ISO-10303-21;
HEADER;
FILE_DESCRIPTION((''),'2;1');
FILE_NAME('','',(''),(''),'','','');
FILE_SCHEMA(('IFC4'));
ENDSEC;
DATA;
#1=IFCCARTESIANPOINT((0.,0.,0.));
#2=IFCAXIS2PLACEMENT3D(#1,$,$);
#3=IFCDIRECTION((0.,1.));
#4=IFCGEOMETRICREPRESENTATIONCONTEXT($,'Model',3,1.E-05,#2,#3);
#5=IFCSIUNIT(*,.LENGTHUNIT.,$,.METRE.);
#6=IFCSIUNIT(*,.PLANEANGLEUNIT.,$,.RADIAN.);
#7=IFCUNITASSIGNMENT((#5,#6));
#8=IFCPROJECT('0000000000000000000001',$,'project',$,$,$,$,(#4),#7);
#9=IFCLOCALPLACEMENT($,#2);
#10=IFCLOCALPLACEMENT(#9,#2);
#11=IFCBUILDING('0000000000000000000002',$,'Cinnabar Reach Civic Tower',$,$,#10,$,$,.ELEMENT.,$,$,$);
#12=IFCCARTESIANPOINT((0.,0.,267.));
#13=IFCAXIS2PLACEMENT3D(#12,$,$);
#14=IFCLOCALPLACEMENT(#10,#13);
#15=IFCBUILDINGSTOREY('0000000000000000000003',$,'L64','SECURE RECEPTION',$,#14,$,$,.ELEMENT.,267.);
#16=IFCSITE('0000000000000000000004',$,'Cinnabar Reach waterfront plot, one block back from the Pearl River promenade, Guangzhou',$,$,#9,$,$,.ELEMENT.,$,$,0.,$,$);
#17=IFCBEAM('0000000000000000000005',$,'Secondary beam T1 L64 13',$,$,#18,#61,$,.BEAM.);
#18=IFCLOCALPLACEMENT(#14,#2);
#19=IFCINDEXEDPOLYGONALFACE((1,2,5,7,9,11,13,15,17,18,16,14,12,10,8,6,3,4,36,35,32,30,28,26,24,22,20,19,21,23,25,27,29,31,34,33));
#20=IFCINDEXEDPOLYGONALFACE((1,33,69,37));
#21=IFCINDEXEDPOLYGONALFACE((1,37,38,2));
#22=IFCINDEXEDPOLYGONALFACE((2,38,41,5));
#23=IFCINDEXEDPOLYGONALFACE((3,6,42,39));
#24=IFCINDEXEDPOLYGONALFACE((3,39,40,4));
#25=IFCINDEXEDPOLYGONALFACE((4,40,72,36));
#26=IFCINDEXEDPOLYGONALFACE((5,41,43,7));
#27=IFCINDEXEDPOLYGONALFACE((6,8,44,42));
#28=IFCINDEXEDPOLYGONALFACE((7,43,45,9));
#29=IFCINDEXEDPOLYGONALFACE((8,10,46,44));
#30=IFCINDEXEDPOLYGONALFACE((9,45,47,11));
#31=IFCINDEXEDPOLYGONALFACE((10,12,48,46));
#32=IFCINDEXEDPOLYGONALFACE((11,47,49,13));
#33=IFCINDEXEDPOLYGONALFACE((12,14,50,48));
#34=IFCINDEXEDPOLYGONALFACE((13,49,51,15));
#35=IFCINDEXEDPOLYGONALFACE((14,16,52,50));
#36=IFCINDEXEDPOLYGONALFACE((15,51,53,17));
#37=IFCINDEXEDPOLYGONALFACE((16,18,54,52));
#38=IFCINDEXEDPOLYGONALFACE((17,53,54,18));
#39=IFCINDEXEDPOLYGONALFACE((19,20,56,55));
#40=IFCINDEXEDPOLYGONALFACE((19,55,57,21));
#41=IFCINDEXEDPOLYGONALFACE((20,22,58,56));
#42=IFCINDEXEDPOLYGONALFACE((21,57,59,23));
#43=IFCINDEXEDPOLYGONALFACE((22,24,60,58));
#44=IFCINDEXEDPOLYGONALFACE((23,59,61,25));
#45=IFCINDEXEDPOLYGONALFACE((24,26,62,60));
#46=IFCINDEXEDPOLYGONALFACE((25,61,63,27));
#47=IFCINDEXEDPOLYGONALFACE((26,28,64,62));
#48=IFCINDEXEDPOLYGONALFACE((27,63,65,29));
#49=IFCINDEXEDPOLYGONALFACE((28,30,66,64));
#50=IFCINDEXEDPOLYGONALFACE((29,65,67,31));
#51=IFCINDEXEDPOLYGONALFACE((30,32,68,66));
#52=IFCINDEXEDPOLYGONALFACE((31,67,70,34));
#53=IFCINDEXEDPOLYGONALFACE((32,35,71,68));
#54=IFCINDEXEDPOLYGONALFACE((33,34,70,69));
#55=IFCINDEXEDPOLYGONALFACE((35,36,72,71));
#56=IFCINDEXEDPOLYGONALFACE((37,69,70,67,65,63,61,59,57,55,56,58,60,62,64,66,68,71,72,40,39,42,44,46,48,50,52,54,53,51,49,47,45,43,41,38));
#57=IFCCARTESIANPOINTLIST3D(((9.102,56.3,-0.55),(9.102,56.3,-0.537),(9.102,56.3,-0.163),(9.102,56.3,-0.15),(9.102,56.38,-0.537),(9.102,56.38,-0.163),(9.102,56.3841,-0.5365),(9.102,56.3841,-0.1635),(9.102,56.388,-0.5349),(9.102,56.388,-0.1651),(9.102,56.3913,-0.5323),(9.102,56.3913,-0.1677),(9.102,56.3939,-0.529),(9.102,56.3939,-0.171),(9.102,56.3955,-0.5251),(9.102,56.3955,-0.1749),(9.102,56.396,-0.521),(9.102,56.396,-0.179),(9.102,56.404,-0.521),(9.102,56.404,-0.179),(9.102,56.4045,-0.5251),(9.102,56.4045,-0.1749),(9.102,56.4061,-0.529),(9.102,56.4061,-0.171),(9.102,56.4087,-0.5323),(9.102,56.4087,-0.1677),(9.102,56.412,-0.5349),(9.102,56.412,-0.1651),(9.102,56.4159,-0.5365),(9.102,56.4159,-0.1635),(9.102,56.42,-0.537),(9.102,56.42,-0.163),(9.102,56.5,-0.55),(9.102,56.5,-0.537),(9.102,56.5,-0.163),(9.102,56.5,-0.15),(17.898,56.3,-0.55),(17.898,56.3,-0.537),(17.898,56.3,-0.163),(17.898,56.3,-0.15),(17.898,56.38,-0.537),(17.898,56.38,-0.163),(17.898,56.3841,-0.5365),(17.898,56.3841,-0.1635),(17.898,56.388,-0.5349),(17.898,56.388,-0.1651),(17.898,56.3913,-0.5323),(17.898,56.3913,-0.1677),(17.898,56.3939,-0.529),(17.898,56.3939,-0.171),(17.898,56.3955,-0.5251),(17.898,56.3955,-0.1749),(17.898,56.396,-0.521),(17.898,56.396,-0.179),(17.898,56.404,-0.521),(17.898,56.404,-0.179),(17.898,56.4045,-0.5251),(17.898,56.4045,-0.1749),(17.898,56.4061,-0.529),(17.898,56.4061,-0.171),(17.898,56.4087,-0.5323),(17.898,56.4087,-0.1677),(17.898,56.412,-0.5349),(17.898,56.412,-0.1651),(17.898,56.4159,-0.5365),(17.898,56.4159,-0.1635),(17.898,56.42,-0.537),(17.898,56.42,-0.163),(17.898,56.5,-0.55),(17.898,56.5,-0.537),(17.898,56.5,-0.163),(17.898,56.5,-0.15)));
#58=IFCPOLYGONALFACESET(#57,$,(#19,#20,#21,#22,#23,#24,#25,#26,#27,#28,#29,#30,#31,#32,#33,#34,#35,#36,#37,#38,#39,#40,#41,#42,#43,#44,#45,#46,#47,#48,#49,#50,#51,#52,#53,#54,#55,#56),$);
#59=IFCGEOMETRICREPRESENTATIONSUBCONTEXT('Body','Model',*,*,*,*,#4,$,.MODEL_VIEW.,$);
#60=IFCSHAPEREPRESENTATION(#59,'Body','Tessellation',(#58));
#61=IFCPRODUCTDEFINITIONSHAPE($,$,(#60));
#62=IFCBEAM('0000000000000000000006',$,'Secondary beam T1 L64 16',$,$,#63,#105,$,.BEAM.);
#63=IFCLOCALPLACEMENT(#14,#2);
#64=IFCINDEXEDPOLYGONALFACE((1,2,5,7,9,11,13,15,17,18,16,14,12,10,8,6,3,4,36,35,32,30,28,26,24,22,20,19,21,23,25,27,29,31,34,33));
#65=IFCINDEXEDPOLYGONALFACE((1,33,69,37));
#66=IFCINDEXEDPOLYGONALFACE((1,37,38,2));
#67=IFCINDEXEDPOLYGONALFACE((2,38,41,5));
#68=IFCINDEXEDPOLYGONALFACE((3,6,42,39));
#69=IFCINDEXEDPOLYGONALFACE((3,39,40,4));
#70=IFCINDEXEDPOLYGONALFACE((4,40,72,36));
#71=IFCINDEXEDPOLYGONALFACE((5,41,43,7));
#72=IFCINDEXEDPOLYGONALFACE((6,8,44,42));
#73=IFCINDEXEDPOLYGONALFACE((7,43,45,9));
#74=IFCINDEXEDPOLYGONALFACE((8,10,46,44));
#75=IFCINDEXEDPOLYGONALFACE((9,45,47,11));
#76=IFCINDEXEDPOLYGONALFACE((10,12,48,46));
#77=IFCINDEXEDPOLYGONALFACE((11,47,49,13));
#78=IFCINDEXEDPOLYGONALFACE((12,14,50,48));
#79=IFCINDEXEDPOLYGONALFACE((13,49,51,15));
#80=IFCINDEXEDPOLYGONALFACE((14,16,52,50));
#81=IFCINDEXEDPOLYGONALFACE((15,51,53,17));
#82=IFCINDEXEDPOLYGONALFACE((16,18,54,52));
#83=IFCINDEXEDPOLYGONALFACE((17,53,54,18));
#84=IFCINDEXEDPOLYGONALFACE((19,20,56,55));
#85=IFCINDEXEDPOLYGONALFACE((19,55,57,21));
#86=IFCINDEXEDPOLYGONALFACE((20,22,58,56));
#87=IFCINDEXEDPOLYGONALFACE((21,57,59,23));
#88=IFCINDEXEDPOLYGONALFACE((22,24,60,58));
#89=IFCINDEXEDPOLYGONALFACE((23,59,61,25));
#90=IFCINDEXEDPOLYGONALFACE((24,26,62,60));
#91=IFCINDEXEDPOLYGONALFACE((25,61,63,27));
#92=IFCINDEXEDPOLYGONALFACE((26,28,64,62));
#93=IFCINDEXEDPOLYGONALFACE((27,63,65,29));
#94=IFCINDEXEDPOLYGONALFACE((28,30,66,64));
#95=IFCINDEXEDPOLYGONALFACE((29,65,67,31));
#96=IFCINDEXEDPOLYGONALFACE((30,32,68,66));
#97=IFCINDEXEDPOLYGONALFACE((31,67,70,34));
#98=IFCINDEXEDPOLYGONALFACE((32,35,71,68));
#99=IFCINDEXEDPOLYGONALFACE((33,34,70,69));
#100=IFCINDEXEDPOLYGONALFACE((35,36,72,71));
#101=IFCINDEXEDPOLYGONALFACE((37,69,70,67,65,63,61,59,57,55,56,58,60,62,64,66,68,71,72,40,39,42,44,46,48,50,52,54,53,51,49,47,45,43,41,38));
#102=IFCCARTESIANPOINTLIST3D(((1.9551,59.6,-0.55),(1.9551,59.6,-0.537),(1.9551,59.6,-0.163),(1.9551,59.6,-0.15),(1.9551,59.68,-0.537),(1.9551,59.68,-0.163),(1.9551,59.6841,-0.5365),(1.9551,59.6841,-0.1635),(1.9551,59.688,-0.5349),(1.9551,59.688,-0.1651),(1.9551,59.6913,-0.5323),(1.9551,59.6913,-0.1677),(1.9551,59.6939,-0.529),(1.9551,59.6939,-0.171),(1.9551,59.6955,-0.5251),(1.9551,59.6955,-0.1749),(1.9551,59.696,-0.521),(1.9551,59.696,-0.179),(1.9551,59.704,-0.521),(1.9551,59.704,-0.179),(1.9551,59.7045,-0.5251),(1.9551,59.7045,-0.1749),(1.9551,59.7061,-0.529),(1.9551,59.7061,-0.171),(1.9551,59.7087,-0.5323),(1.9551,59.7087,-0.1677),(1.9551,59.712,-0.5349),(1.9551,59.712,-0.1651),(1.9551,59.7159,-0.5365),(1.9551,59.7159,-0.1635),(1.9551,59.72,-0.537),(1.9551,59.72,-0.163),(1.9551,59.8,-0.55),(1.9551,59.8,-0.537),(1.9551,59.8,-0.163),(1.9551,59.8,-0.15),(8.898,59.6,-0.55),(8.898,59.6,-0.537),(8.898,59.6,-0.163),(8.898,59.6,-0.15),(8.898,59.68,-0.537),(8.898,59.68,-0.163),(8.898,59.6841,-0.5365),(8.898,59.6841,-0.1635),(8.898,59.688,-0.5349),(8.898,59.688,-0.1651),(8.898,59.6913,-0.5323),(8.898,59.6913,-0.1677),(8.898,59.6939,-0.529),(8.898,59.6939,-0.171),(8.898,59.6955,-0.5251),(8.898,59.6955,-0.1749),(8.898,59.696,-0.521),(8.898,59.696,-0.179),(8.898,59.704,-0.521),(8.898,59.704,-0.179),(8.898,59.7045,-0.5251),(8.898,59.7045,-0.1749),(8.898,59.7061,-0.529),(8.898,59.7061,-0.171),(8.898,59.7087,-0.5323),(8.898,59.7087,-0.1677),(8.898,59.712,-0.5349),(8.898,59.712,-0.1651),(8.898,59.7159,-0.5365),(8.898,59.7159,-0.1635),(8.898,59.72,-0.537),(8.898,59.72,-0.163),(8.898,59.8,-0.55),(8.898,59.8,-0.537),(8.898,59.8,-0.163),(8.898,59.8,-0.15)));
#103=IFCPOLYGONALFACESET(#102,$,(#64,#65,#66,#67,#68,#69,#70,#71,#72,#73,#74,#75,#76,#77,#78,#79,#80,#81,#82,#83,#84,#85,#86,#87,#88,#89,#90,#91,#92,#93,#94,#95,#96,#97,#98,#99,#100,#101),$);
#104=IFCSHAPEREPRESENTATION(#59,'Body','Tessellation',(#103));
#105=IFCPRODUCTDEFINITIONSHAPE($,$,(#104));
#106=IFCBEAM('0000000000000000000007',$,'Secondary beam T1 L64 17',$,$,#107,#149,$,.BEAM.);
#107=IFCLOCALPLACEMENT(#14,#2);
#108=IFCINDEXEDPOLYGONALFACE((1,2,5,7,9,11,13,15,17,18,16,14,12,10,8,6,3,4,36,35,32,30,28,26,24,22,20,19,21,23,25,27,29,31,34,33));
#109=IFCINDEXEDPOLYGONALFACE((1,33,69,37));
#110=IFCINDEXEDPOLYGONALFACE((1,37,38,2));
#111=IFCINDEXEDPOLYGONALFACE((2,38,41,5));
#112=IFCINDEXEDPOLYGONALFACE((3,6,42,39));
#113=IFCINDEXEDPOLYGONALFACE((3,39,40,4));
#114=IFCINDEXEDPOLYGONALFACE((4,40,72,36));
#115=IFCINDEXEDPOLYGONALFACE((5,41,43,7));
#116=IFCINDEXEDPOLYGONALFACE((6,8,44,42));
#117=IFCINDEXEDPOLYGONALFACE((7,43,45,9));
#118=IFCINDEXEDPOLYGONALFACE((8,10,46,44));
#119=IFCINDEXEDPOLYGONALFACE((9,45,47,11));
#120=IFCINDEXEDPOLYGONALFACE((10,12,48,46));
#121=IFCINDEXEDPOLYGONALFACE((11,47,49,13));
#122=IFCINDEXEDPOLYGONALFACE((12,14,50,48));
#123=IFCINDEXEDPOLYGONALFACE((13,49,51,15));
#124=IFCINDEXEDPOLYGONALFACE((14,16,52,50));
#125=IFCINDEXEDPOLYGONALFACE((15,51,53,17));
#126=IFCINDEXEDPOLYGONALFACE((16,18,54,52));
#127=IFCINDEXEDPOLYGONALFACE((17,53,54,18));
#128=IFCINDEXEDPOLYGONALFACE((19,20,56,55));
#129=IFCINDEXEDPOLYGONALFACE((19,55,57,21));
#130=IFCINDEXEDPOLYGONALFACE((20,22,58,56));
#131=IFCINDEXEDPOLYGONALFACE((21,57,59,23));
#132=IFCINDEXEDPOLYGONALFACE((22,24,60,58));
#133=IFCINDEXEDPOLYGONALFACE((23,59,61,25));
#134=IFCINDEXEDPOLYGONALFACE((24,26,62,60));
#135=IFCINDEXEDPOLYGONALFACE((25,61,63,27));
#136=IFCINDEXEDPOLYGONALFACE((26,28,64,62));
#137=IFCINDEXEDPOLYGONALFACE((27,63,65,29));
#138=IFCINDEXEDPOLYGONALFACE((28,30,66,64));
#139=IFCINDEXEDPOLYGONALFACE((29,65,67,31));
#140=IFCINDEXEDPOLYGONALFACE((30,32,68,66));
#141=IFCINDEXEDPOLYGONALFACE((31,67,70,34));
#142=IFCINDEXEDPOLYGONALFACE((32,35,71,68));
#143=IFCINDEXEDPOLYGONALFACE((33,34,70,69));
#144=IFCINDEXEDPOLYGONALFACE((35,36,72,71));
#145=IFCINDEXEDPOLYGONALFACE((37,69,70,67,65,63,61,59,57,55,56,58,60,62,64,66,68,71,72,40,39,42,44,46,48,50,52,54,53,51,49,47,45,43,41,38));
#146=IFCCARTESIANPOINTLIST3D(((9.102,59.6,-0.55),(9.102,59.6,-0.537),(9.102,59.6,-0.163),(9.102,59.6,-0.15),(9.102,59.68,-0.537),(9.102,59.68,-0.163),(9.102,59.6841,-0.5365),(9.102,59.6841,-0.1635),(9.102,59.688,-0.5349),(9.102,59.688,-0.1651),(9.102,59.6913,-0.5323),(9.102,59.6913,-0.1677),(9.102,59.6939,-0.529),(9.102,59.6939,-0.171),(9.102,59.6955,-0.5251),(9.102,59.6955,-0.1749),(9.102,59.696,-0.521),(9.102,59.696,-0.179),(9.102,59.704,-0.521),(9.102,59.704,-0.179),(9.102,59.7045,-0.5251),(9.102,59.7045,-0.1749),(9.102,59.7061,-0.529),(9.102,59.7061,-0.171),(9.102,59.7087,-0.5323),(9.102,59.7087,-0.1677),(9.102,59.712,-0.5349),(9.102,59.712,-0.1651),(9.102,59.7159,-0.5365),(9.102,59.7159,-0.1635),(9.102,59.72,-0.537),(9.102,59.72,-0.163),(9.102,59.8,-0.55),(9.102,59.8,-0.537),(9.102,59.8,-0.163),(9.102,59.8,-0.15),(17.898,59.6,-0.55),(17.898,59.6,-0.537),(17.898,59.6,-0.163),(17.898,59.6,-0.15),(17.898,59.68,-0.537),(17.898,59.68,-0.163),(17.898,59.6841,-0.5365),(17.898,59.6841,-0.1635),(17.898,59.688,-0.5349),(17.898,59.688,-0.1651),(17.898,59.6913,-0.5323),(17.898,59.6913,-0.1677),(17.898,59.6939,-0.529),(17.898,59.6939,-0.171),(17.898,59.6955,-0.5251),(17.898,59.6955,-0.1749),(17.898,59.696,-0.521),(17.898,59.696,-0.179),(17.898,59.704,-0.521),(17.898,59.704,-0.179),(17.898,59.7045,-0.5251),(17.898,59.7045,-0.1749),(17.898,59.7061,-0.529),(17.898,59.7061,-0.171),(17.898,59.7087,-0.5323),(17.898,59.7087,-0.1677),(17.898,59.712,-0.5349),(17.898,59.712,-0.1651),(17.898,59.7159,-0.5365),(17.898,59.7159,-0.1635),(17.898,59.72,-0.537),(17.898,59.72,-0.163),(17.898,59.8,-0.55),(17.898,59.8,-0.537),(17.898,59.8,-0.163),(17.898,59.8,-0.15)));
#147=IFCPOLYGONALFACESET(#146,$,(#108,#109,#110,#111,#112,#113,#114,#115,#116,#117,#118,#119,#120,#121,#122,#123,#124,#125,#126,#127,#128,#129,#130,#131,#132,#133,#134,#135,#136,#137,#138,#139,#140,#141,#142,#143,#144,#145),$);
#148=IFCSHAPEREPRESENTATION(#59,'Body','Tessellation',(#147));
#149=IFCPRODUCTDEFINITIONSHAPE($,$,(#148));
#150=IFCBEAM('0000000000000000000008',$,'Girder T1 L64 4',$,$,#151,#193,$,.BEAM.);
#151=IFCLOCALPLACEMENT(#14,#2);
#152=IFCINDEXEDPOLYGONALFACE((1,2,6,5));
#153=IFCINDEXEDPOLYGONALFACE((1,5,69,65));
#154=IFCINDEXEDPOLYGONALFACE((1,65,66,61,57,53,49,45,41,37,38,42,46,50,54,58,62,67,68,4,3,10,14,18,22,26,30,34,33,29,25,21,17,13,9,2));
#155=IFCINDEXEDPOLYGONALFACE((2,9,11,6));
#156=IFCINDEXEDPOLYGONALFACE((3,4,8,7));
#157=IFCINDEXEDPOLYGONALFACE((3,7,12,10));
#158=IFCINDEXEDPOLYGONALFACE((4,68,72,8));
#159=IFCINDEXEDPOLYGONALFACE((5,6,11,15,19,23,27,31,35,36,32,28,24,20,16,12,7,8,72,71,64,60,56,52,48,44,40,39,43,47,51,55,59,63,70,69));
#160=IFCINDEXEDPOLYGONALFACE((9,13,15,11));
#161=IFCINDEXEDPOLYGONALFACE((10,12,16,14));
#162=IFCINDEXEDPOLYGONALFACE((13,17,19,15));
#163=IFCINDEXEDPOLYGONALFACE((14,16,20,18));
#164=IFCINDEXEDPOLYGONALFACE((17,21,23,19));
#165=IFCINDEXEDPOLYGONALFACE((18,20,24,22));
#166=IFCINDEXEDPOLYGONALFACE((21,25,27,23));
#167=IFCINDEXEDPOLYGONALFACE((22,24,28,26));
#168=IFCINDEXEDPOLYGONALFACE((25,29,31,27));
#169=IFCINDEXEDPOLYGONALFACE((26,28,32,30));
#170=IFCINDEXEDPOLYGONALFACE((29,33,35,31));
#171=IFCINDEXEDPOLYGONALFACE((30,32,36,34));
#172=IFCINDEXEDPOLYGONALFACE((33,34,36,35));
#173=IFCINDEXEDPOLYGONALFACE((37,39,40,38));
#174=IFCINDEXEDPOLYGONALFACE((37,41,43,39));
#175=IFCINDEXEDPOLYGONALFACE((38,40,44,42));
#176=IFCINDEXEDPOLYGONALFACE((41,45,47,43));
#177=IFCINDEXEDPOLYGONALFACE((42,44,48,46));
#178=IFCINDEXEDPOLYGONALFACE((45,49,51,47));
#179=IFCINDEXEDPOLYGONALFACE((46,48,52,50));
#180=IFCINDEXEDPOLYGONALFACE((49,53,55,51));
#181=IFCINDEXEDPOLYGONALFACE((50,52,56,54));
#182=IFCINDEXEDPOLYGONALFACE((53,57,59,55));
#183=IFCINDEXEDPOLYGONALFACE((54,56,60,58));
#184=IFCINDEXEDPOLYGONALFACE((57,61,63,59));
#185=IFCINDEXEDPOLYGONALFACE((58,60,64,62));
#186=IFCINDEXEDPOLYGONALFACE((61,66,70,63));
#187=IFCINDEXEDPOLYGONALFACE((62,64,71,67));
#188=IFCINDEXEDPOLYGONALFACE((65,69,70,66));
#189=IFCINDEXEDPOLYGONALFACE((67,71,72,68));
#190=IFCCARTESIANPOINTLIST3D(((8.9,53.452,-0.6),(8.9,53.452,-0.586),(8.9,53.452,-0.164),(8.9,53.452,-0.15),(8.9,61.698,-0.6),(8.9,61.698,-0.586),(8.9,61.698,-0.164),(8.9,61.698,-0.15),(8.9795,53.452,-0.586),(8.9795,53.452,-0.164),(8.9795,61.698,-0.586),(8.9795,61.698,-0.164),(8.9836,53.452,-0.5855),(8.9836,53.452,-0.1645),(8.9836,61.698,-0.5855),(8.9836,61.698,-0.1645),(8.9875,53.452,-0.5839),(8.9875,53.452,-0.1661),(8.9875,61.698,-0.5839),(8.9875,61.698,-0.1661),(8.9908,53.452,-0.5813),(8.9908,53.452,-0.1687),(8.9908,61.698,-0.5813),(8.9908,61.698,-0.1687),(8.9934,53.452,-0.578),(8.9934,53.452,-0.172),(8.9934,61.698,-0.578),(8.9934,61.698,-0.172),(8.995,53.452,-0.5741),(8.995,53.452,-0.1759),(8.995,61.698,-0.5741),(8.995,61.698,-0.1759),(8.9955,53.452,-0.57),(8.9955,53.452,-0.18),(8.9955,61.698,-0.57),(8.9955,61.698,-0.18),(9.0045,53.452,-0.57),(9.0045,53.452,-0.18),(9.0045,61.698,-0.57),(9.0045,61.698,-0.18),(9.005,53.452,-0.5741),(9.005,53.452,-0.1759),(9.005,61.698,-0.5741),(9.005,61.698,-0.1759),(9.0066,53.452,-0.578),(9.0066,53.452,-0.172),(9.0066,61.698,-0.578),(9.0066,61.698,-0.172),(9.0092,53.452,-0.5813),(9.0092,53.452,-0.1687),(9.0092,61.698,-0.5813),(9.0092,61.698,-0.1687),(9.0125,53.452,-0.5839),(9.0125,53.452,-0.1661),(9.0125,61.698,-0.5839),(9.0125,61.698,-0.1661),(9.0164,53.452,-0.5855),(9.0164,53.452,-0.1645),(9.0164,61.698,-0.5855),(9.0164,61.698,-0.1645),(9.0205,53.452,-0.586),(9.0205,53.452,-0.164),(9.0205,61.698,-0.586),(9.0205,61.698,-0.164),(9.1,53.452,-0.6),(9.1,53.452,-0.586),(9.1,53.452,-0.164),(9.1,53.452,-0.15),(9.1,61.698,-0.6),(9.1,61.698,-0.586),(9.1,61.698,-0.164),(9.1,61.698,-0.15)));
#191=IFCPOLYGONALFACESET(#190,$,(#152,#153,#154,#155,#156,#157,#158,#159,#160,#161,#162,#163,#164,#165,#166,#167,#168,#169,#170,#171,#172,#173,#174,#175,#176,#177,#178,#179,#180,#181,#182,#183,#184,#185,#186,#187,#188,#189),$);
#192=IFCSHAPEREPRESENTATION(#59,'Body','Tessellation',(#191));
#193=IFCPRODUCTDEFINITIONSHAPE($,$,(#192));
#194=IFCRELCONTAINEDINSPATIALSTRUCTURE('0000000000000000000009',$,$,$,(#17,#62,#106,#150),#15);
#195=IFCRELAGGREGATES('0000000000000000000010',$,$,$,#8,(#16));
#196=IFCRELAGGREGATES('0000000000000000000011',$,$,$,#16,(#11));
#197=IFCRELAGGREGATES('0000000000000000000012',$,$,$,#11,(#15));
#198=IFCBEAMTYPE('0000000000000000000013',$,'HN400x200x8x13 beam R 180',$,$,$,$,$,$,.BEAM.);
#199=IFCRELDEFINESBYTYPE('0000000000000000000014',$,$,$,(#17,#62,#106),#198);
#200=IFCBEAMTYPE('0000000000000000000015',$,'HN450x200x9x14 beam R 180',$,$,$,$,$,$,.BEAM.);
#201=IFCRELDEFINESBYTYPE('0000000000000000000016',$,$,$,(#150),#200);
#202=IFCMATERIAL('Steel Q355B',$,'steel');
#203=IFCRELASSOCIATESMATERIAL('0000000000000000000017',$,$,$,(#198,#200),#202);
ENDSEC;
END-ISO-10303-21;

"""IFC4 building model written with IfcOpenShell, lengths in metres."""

from ifc_helpers import new_model, si_unit, direction, frame, origin, origin_2d, place, context, subcontext, project, spatial, i_section, extrude, material, material_profile, profile_set, type_object, element, save


model = new_model("IFC4")

# Units and contexts
model_context = context("Model", 3, precision=1e-05, world=origin(), true_north=direction((0.0, 1.0)))
body_context = subcontext(model_context, "Body", "Model", "MODEL_VIEW")
ifc_project = project(units=[si_unit("LENGTHUNIT", "METRE"), si_unit("PLANEANGLEUNIT", "RADIAN")], contexts=[model_context])

# Site, building, storey
site_placement = place(None, origin())
site = spatial("IfcSite", under=ifc_project, at=site_placement, Name="Cinnabar Reach waterfront plot, one block back from the Pearl River promenade, Guangzhou", CompositionType="ELEMENT", RefElevation=0.0)
building_placement = place(site_placement, origin())
building = spatial("IfcBuilding", under=site, at=building_placement, Name="Cinnabar Reach Civic Tower", CompositionType="ELEMENT")
storey_placement = place(building_placement, frame((0.0, 0.0, 267.0)))
storey = spatial("IfcBuildingStorey", under=building, at=storey_placement, Name="L64", Description="SECURE RECEPTION", CompositionType="ELEMENT", Elevation=267.0)

# Beams
ifc_material_1 = material(Name="Steel Q355B", Category="steel")
ifc_material_profile_1 = material_profile(ifc_material_1, i_section(OverallWidth=0.2, OverallDepth=0.4, WebThickness=0.008, FlangeThickness=0.013, FilletRadius=0.016, at=origin_2d()), Name="HN400x200x8x13")
ifc_profile_set_1 = profile_set([ifc_material_profile_1], Name="Steel Q355B")
beam_type_1 = type_object("IfcBeamType", Name="HN400x200x8x13 beam R 180", PredefinedType="BEAM", material=ifc_profile_set_1)
beam_1_placement = place(storey_placement, frame((9.102, 56.4, -0.35), z_axis=(1.0, 0.0, 0.0), x_axis=(0.0, 1.0, 0.0)))
element("IfcBeam", 1, at=beam_1_placement, inside=storey, type_object=beam_type_1, Name="Secondary beam T1 L64 13", PredefinedType="BEAM", context=body_context, shape_type="SweptSolid", body=[
    extrude(i_section(OverallWidth=0.2, OverallDepth=0.4, WebThickness=0.008, FlangeThickness=0.013, FilletRadius=0.016, at=origin_2d()), origin(), (0.0, 0.0, 1.0), 8.796),
])
beam_2_placement = place(storey_placement, frame((1.9551, 59.7, -0.35), z_axis=(1.0, 0.0, 0.0), x_axis=(0.0, 1.0, 0.0)))
element("IfcBeam", 2, at=beam_2_placement, inside=storey, type_object=beam_type_1, Name="Secondary beam T1 L64 16", PredefinedType="BEAM", context=body_context, shape_type="SweptSolid", body=[
    extrude(i_section(OverallWidth=0.2, OverallDepth=0.4, WebThickness=0.008, FlangeThickness=0.013, FilletRadius=0.016, at=origin_2d()), origin(), (0.0, 0.0, 1.0), 6.9429),
])
beam_3_placement = place(storey_placement, frame((9.102, 59.7, -0.35), z_axis=(1.0, 0.0, 0.0), x_axis=(0.0, 1.0, 0.0)))
element("IfcBeam", 3, at=beam_3_placement, inside=storey, type_object=beam_type_1, Name="Secondary beam T1 L64 17", PredefinedType="BEAM", context=body_context, shape_type="SweptSolid", body=[
    extrude(i_section(OverallWidth=0.2, OverallDepth=0.4, WebThickness=0.008, FlangeThickness=0.013, FilletRadius=0.016, at=origin_2d()), origin(), (0.0, 0.0, 1.0), 8.796),
])
ifc_material_profile_2 = material_profile(ifc_material_1, i_section(OverallWidth=0.2, OverallDepth=0.45, WebThickness=0.009, FlangeThickness=0.014, FilletRadius=0.016, at=origin_2d()), Name="HN450x200x9x14")
ifc_profile_set_2 = profile_set([ifc_material_profile_2], Name="Steel Q355B")
beam_type_2 = type_object("IfcBeamType", Name="HN450x200x9x14 beam R 180", PredefinedType="BEAM", material=ifc_profile_set_2)
beam_4_placement = place(storey_placement, frame((9.0, 53.452, -0.375), z_axis=(0.0, 1.0, 0.0), x_axis=(-1.0, 0.0, 0.0)))
element("IfcBeam", 4, at=beam_4_placement, inside=storey, type_object=beam_type_2, Name="Girder T1 L64 4", PredefinedType="BEAM", context=body_context, shape_type="SweptSolid", body=[
    extrude(i_section(OverallWidth=0.2, OverallDepth=0.45, WebThickness=0.009, FlangeThickness=0.014, FilletRadius=0.016, at=origin_2d()), origin(), (0.0, 0.0, 1.0), 8.246),
])

save(model, "model.ifc")
